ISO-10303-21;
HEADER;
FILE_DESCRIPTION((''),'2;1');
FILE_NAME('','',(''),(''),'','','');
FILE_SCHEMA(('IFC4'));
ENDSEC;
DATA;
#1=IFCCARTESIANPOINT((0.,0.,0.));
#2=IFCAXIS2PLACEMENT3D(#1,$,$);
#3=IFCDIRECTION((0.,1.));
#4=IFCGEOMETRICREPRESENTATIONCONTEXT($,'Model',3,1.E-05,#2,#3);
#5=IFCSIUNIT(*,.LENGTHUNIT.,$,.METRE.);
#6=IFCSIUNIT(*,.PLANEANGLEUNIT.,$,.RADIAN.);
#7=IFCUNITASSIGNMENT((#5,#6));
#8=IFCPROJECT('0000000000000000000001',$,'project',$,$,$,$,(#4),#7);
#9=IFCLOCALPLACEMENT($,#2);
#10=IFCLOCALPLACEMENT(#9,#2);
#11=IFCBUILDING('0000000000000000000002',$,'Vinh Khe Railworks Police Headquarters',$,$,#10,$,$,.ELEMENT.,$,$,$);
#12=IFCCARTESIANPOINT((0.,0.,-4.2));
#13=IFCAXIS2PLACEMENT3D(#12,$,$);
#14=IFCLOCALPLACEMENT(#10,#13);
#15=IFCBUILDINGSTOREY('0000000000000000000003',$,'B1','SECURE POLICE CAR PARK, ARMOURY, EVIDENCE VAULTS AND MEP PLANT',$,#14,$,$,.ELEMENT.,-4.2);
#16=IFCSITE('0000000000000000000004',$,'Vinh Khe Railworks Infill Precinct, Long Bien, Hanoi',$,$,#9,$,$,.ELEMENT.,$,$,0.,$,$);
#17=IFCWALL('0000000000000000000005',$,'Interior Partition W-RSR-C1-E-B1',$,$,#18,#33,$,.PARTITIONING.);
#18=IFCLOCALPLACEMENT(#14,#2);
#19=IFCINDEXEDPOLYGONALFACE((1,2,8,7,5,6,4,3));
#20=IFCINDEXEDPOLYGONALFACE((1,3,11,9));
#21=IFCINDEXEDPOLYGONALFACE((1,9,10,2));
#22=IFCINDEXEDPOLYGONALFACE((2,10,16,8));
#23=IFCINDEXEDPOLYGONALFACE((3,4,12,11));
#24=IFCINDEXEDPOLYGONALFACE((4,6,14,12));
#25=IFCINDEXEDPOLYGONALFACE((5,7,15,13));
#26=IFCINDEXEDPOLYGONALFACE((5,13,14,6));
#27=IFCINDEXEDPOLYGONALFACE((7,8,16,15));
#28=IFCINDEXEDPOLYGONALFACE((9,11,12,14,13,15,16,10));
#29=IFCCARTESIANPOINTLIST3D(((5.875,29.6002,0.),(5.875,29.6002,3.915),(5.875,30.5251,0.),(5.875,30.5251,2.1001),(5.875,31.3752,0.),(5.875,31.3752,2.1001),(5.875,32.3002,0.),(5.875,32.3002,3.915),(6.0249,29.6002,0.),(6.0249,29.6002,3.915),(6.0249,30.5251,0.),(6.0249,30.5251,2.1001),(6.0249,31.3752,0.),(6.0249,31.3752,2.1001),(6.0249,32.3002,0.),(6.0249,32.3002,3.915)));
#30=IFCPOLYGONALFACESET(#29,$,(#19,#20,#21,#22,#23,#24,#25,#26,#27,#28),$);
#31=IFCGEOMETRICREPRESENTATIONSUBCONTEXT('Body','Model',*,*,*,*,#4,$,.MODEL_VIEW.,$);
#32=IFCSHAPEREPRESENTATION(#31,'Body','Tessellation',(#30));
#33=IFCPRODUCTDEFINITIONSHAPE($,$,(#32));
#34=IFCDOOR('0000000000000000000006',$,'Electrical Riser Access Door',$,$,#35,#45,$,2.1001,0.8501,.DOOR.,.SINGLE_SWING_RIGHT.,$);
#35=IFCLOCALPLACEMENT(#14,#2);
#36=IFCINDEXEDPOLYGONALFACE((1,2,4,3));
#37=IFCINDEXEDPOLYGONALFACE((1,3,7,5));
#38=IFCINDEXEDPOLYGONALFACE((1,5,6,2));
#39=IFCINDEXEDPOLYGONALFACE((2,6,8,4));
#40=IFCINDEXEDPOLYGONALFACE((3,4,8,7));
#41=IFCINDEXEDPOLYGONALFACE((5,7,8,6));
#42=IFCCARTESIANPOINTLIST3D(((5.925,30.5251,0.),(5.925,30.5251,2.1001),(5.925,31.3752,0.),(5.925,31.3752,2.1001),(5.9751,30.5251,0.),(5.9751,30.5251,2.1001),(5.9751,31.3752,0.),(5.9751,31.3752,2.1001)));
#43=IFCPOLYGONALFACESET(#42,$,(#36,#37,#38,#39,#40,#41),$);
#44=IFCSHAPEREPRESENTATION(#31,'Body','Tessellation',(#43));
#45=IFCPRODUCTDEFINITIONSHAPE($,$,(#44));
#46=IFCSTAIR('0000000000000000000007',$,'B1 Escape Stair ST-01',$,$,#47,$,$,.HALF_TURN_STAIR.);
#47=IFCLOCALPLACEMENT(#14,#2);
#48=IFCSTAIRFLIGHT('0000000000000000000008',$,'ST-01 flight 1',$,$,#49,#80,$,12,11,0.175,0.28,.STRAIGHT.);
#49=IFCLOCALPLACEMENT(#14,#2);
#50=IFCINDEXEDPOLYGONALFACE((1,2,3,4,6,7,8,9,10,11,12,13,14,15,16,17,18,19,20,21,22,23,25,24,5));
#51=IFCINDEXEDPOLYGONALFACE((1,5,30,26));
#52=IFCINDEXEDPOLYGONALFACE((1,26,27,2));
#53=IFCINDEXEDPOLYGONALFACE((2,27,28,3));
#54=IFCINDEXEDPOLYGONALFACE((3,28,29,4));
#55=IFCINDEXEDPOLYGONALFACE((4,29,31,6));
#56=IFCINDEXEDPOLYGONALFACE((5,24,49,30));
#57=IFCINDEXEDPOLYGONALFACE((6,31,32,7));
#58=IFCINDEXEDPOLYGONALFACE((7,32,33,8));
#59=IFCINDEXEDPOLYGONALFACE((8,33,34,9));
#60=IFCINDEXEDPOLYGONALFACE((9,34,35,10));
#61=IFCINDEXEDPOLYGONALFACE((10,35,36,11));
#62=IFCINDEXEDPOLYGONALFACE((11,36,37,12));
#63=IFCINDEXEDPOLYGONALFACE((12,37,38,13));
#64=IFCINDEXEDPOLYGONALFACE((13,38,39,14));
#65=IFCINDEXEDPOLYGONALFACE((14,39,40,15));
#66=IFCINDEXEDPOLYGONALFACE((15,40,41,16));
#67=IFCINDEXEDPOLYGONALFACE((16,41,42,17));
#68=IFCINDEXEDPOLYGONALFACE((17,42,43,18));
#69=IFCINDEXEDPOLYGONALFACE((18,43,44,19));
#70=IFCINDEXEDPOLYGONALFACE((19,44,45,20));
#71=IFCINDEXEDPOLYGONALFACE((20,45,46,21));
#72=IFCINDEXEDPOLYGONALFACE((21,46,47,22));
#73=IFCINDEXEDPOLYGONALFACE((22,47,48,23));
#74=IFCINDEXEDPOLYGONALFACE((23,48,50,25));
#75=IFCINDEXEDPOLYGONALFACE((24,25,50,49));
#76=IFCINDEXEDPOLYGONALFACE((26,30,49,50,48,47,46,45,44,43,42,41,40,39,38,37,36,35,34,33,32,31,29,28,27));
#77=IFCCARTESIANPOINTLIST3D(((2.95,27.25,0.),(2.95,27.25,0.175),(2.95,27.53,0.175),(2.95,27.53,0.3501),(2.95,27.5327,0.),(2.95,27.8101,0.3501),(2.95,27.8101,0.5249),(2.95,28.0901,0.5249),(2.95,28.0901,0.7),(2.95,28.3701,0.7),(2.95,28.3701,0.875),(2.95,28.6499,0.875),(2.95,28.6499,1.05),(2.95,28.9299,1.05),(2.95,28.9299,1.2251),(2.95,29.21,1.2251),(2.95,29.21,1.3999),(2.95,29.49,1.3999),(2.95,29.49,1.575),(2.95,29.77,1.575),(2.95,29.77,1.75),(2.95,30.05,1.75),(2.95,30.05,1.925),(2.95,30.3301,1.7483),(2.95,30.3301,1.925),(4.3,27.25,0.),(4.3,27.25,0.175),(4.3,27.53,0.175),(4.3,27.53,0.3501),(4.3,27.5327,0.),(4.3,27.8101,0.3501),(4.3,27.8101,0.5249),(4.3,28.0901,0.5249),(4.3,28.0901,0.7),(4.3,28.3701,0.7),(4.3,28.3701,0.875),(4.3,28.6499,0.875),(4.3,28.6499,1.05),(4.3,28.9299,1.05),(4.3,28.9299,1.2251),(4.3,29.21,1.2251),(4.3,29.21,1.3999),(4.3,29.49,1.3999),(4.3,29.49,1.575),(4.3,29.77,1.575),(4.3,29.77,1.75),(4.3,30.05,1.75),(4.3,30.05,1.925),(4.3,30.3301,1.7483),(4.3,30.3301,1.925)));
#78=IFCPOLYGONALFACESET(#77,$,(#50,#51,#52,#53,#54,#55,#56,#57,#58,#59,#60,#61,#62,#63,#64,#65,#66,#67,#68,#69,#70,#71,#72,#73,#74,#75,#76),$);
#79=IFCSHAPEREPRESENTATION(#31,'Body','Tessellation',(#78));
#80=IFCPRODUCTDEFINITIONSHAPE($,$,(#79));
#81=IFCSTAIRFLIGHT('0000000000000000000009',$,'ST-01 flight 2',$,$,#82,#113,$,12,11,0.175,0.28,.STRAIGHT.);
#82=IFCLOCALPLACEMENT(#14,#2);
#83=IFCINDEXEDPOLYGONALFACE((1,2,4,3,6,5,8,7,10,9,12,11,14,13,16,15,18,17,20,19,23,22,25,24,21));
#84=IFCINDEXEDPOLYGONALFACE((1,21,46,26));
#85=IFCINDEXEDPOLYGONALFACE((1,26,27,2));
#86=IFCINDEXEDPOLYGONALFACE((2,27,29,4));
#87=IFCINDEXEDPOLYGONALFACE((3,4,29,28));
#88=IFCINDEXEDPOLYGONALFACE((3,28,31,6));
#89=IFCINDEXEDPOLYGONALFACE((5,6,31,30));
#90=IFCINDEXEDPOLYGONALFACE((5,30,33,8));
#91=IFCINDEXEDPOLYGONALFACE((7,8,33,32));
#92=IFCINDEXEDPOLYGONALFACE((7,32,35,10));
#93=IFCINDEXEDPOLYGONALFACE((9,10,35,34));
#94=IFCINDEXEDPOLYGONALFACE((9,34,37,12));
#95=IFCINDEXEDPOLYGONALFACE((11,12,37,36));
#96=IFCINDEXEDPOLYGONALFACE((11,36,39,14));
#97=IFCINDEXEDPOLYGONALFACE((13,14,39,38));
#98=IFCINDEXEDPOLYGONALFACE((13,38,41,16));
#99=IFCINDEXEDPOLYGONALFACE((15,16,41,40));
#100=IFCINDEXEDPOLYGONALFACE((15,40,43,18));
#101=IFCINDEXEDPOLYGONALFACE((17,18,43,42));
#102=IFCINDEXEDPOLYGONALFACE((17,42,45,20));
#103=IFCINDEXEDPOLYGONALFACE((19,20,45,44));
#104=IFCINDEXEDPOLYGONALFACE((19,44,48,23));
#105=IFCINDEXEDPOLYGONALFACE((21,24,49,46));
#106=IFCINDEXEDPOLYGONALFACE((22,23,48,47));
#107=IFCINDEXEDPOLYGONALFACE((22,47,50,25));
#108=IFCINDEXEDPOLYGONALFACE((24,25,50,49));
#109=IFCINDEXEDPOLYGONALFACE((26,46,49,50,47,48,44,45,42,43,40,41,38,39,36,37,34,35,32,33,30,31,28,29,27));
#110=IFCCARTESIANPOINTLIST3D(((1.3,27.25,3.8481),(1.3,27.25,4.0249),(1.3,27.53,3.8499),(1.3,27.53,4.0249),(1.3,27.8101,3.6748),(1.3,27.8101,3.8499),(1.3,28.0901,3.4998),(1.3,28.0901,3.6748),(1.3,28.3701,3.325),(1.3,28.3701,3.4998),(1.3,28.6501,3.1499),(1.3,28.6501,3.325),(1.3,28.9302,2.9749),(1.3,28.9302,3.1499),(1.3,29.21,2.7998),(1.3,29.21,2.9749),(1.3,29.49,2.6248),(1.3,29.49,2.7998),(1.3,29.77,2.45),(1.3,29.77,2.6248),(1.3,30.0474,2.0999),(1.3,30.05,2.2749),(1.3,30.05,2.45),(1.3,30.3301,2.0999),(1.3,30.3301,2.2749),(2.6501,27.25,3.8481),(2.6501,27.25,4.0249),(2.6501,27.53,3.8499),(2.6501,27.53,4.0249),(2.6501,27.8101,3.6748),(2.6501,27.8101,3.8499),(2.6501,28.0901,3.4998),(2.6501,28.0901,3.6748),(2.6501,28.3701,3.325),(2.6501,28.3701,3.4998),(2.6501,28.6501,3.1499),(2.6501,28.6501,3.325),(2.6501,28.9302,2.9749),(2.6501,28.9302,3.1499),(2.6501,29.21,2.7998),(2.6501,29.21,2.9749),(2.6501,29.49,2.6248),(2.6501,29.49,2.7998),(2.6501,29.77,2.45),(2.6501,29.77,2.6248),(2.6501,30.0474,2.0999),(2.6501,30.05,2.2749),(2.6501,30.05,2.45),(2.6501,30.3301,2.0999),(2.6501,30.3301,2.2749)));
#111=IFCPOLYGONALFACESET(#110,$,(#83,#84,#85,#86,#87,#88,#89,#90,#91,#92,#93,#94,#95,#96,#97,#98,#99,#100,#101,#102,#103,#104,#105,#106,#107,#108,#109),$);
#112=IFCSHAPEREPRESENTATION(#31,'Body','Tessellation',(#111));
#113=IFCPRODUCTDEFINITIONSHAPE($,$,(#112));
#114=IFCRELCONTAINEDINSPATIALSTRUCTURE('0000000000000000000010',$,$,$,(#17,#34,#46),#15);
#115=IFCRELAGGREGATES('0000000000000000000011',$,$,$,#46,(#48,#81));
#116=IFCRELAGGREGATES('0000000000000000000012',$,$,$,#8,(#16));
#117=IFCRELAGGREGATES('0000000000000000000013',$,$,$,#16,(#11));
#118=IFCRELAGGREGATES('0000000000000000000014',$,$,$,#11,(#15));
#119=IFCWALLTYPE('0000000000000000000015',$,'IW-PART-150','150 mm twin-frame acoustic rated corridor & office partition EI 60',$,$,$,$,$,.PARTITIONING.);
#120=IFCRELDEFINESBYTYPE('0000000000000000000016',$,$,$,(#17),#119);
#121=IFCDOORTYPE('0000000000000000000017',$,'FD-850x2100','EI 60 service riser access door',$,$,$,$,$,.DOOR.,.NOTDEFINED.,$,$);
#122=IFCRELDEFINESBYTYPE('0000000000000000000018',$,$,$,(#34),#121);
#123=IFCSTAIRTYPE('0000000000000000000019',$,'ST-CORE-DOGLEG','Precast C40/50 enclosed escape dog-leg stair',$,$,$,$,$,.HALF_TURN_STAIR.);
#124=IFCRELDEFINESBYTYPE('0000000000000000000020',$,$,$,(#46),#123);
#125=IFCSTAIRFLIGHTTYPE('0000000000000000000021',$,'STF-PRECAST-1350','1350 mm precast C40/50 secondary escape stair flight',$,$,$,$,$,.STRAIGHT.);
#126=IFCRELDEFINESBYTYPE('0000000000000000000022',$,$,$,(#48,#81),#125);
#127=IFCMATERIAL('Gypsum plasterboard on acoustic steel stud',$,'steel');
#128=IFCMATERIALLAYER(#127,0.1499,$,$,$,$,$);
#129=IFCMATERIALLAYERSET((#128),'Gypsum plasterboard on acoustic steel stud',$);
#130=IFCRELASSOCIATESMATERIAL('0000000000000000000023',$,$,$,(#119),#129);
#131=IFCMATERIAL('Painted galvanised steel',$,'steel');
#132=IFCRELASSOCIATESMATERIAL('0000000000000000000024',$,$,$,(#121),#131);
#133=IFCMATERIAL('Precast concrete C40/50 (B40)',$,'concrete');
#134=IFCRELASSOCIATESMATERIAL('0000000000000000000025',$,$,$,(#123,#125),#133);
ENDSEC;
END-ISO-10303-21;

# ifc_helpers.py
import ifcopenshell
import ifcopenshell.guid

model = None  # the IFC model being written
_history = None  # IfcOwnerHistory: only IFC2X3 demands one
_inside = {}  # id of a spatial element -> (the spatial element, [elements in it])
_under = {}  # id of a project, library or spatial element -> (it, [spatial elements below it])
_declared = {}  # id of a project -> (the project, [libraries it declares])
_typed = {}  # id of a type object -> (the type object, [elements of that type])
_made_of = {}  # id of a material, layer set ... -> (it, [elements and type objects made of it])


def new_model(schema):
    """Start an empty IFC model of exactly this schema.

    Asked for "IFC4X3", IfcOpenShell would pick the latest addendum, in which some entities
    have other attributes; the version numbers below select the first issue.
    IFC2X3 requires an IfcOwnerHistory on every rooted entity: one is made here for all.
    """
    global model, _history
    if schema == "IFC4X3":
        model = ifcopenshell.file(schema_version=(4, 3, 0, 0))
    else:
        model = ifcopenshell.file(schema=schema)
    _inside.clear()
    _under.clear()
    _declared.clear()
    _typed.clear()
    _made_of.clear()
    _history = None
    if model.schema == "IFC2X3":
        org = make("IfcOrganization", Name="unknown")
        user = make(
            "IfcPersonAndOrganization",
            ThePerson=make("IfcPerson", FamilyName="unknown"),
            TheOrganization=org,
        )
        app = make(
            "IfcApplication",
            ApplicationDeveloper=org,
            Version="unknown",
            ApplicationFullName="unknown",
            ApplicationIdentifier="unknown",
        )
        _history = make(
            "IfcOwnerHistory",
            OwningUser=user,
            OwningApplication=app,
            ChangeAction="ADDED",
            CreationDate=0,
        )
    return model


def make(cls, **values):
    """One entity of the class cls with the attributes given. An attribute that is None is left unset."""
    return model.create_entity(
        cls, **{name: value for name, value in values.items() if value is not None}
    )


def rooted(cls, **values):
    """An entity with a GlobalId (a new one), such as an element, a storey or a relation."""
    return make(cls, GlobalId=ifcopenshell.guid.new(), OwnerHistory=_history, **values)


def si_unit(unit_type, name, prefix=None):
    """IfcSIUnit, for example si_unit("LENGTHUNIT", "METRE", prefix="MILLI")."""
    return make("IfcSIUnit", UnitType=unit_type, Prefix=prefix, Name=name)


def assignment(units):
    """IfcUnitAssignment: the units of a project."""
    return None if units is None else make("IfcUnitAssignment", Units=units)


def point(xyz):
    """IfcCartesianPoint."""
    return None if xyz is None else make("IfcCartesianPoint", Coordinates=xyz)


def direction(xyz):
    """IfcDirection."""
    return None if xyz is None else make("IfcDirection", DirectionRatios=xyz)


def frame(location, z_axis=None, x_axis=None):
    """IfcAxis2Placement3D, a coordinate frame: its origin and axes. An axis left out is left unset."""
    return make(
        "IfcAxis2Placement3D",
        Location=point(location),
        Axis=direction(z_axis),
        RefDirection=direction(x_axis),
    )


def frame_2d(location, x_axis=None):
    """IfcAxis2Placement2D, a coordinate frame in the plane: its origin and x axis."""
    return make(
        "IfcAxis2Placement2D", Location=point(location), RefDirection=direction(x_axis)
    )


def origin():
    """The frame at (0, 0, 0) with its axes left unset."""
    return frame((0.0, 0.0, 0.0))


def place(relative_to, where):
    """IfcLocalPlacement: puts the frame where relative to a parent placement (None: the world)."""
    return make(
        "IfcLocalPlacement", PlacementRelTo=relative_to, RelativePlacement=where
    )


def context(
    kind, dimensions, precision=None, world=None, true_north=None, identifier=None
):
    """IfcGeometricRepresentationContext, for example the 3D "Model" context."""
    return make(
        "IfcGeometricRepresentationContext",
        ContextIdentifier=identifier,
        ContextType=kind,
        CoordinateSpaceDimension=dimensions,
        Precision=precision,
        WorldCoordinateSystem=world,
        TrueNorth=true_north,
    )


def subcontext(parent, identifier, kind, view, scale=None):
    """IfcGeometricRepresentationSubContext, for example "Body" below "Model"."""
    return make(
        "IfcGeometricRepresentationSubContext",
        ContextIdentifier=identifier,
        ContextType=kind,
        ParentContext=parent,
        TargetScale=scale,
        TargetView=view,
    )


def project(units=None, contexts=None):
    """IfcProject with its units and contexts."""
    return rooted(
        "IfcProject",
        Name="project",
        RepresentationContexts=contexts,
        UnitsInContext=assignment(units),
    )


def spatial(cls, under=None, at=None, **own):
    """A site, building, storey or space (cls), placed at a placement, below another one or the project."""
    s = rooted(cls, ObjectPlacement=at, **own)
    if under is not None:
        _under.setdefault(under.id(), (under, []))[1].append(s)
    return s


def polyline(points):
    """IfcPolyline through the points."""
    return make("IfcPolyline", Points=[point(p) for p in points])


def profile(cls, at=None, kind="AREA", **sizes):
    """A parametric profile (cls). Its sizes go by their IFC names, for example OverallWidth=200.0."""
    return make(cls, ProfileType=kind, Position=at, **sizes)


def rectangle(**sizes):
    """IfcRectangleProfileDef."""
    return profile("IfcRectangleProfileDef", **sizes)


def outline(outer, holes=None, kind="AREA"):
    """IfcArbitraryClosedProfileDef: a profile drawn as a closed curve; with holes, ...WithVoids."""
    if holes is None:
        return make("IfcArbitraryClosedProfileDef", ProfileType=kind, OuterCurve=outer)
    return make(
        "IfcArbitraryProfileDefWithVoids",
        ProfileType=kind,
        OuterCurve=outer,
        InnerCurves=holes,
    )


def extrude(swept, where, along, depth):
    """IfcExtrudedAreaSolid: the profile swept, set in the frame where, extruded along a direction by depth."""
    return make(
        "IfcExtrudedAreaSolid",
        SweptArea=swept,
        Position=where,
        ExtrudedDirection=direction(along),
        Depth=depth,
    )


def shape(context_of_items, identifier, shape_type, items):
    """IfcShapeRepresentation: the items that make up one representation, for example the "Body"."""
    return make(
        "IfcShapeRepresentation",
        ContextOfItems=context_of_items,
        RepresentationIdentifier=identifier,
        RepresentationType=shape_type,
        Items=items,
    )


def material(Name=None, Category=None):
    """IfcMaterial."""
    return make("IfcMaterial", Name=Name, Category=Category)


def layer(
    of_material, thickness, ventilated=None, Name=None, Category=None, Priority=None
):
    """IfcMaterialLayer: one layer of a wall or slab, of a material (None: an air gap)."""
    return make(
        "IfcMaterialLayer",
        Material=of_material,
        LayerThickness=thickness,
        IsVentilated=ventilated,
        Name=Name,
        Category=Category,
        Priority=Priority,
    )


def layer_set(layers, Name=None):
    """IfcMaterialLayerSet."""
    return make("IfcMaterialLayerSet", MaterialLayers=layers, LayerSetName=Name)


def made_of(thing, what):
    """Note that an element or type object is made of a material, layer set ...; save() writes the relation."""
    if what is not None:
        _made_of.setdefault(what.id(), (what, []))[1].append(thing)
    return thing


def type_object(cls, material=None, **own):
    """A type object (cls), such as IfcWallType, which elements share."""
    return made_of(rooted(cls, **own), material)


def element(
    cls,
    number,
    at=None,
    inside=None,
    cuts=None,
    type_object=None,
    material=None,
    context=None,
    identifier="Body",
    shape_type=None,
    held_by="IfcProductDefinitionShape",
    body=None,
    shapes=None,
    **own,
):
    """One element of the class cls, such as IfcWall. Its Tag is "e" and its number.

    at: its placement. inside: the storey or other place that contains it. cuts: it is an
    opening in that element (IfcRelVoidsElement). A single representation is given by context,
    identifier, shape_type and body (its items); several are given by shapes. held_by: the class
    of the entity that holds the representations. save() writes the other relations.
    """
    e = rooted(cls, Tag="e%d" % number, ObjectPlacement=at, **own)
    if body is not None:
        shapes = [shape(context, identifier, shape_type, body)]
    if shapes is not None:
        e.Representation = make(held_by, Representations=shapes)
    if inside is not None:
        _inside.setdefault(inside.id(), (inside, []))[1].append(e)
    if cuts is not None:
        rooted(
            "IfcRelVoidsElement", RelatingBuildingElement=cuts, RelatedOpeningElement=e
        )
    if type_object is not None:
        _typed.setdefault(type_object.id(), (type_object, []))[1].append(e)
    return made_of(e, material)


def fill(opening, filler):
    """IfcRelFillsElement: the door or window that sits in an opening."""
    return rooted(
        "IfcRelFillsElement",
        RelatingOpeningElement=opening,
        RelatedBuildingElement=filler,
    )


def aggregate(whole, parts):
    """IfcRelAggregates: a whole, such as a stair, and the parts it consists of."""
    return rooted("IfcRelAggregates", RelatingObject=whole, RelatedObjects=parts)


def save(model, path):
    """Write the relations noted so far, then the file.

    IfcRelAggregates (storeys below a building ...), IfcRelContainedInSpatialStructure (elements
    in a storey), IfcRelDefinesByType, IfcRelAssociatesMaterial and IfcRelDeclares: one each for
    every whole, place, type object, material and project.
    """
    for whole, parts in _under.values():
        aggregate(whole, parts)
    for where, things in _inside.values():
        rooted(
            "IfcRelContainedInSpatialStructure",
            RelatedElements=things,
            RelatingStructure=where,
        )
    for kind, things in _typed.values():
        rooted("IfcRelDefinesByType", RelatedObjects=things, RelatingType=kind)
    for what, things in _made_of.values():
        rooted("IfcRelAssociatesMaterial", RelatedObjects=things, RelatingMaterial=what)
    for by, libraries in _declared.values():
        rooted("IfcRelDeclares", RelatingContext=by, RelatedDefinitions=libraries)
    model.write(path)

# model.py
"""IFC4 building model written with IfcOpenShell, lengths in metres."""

from ifc_helpers import new_model, si_unit, direction, frame, frame_2d, origin, place, context, subcontext, project, spatial, polyline, rectangle, outline, extrude, material, layer, layer_set, type_object, element, fill, aggregate, save


model = new_model("IFC4")

# Units and contexts
model_context = context("Model", 3, precision=1e-05, world=origin(), true_north=direction((0.0, 1.0)))
body_context = subcontext(model_context, "Body", "Model", "MODEL_VIEW")
ifc_project = project(units=[si_unit("LENGTHUNIT", "METRE"), si_unit("PLANEANGLEUNIT", "RADIAN")], contexts=[model_context])

# Site, building, storey
site_placement = place(None, origin())
site = spatial("IfcSite", under=ifc_project, at=site_placement, Name="Vinh Khe Railworks Infill Precinct, Long Bien, Hanoi", CompositionType="ELEMENT", RefElevation=0.0)
building_placement = place(site_placement, origin())
building = spatial("IfcBuilding", under=site, at=building_placement, Name="Vinh Khe Railworks Police Headquarters", CompositionType="ELEMENT")
storey_placement = place(building_placement, frame((0.0, 0.0, -4.2)))
storey = spatial("IfcBuildingStorey", under=building, at=storey_placement, Name="B1", Description="SECURE POLICE CAR PARK, ARMOURY, EVIDENCE VAULTS AND MEP PLANT", CompositionType="ELEMENT", Elevation=-4.2)

# Shared definitions
ifc_material_1 = material(Name="Painted galvanised steel", Category="steel")

# Wall, opening, door
ifc_material_2 = material(Name="Gypsum plasterboard on acoustic steel stud", Category="steel")
ifc_layer_1 = layer(ifc_material_2, 0.1499)
ifc_layer_set_1 = layer_set([ifc_layer_1], Name="Gypsum plasterboard on acoustic steel stud")
wall_type_1 = type_object("IfcWallType", Name="IW-PART-150", Description="150 mm twin-frame acoustic rated corridor & office partition EI 60", PredefinedType="PARTITIONING", material=ifc_layer_set_1)
wall_1_placement = place(storey_placement, frame((5.95, 29.6001, 0.0), z_axis=(0.0, 0.0, 1.0), x_axis=(0.0, 1.0, 0.0)))
wall_1 = element("IfcWall", 1, at=wall_1_placement, inside=storey, type_object=wall_type_1, Name="Interior Partition W-RSR-C1-E-B1", PredefinedType="PARTITIONING", context=body_context, shape_type="SweptSolid", body=[
    extrude(rectangle(XDim=2.7, YDim=0.1499, at=frame_2d((1.3501, 0.0))), origin(), (0.0, 0.0, 1.0), 3.915),
])
opening_1_placement = place(wall_1_placement, frame((0.925, 0.0, 0.0)))
opening_1 = element("IfcOpeningElement", 2, at=opening_1_placement, cuts=wall_1, PredefinedType="OPENING", context=body_context, shape_type="SweptSolid", body=[
    extrude(rectangle(XDim=0.8501, YDim=2.1001, at=frame_2d((0.425, 1.05))), frame((0.0, 0.0898, 0.0), z_axis=(0.0, -1.0, 0.0), x_axis=(1.0, 0.0, 0.0)), (0.0, 0.0, 1.0), 0.1797),
])
door_type_1 = type_object("IfcDoorType", Name="FD-850x2100", Description="EI 60 service riser access door", OperationType="NOTDEFINED", PredefinedType="DOOR", material=ifc_material_1)
door_1_placement = place(opening_1_placement, origin())
door_1 = element("IfcDoor", 3, at=door_1_placement, inside=storey, type_object=door_type_1, Name="Electrical Riser Access Door", OperationType="SINGLE_SWING_RIGHT", OverallHeight=2.1001, OverallWidth=0.8501, PredefinedType="DOOR", context=body_context, shape_type="SweptSolid", body=[
    extrude(rectangle(XDim=0.8501, YDim=2.1001, at=frame_2d((0.425, 1.05))), frame((0.0, 0.0249, 0.0), z_axis=(0.0, -1.0, 0.0), x_axis=(1.0, 0.0, 0.0)), (0.0, 0.0, 1.0), 0.05),
])
fill(opening_1, door_1)

# Stair, stair flights
ifc_material_3 = material(Name="Precast concrete C40/50 (B40)", Category="concrete")
stair_type = type_object("IfcStairType", Name="ST-CORE-DOGLEG", Description="Precast C40/50 enclosed escape dog-leg stair", PredefinedType="HALF_TURN_STAIR", material=ifc_material_3)
stair_placement = place(storey_placement, origin())
stair = element("IfcStair", 4, at=stair_placement, inside=storey, type_object=stair_type, Name="B1 Escape Stair ST-01", PredefinedType="HALF_TURN_STAIR")
stair_flight_type = type_object("IfcStairFlightType", Name="STF-PRECAST-1350", Description="1350 mm precast C40/50 secondary escape stair flight", PredefinedType="STRAIGHT", material=ifc_material_3)
stair_flight_1_placement = place(storey_placement, frame((3.625, 27.25, 0.0), z_axis=(0.0, 0.0, 1.0), x_axis=(0.0, 1.0, 0.0)))
stair_flight_1 = element("IfcStairFlight", 5, at=stair_flight_1_placement, type_object=stair_flight_type, Name="ST-01 flight 1", NumberOfRisers=12, NumberOfTreads=11, PredefinedType="STRAIGHT", RiserHeight=0.175, TreadLength=0.28, context=body_context, shape_type="SweptSolid", body=[
    extrude(outline(polyline([(0.0, 0.0), (0.0, 0.175), (0.28, 0.175), (0.28, 0.3501), (0.5601, 0.3501), (0.5601, 0.5249), (0.8401, 0.5249), (0.8401, 0.7), (1.1201, 0.7), (1.1201, 0.875), (1.3999, 0.875), (1.3999, 1.05), (1.6799, 1.05), (1.6799, 1.2251), (1.96, 1.2251), (1.96, 1.3999), (2.24, 1.3999), (2.24, 1.575), (2.52, 1.575), (2.52, 1.75), (2.8, 1.75), (2.8, 1.925), (3.0801, 1.925), (3.0801, 2.1001), (3.0801, 1.7483), (0.2827, 0.0), (0.0, 0.0)])), frame((0.0, 0.675, 0.0), z_axis=(0.0, -1.0, 0.0), x_axis=(1.0, 0.0, 0.0)), (0.0, 0.0, 1.0), 1.3501),
])
stair_flight_2_placement = place(storey_placement, frame((1.9751, 30.3301, 2.0999), z_axis=(0.0, 0.0, 1.0), x_axis=(0.0, -1.0, 0.0)))
stair_flight_2 = element("IfcStairFlight", 6, at=stair_flight_2_placement, type_object=stair_flight_type, Name="ST-01 flight 2", NumberOfRisers=12, NumberOfTreads=11, PredefinedType="STRAIGHT", RiserHeight=0.175, TreadLength=0.28, context=body_context, shape_type="SweptSolid", body=[
    extrude(outline(polyline([(0.0, 0.0), (0.0, 0.175), (0.28, 0.175), (0.28, 0.3501), (0.5601, 0.3501), (0.5601, 0.5249), (0.8401, 0.5249), (0.8401, 0.7), (1.1201, 0.7), (1.1201, 0.875), (1.3999, 0.875), (1.3999, 1.05), (1.6799, 1.05), (1.6799, 1.2251), (1.96, 1.2251), (1.96, 1.3999), (2.24, 1.3999), (2.24, 1.575), (2.52, 1.575), (2.52, 1.75), (2.8, 1.75), (2.8, 1.925), (3.0801, 1.925), (3.0801, 2.1001), (3.0801, 1.7483), (0.2827, 0.0), (0.0, 0.0)])), frame((0.0, 0.675, 0.0), z_axis=(0.0, -1.0, 0.0), x_axis=(1.0, 0.0, 0.0)), (0.0, 0.0, 1.0), 1.3501),
])
aggregate(stair, [stair_flight_1, stair_flight_2])

save(model, "model.ifc")
